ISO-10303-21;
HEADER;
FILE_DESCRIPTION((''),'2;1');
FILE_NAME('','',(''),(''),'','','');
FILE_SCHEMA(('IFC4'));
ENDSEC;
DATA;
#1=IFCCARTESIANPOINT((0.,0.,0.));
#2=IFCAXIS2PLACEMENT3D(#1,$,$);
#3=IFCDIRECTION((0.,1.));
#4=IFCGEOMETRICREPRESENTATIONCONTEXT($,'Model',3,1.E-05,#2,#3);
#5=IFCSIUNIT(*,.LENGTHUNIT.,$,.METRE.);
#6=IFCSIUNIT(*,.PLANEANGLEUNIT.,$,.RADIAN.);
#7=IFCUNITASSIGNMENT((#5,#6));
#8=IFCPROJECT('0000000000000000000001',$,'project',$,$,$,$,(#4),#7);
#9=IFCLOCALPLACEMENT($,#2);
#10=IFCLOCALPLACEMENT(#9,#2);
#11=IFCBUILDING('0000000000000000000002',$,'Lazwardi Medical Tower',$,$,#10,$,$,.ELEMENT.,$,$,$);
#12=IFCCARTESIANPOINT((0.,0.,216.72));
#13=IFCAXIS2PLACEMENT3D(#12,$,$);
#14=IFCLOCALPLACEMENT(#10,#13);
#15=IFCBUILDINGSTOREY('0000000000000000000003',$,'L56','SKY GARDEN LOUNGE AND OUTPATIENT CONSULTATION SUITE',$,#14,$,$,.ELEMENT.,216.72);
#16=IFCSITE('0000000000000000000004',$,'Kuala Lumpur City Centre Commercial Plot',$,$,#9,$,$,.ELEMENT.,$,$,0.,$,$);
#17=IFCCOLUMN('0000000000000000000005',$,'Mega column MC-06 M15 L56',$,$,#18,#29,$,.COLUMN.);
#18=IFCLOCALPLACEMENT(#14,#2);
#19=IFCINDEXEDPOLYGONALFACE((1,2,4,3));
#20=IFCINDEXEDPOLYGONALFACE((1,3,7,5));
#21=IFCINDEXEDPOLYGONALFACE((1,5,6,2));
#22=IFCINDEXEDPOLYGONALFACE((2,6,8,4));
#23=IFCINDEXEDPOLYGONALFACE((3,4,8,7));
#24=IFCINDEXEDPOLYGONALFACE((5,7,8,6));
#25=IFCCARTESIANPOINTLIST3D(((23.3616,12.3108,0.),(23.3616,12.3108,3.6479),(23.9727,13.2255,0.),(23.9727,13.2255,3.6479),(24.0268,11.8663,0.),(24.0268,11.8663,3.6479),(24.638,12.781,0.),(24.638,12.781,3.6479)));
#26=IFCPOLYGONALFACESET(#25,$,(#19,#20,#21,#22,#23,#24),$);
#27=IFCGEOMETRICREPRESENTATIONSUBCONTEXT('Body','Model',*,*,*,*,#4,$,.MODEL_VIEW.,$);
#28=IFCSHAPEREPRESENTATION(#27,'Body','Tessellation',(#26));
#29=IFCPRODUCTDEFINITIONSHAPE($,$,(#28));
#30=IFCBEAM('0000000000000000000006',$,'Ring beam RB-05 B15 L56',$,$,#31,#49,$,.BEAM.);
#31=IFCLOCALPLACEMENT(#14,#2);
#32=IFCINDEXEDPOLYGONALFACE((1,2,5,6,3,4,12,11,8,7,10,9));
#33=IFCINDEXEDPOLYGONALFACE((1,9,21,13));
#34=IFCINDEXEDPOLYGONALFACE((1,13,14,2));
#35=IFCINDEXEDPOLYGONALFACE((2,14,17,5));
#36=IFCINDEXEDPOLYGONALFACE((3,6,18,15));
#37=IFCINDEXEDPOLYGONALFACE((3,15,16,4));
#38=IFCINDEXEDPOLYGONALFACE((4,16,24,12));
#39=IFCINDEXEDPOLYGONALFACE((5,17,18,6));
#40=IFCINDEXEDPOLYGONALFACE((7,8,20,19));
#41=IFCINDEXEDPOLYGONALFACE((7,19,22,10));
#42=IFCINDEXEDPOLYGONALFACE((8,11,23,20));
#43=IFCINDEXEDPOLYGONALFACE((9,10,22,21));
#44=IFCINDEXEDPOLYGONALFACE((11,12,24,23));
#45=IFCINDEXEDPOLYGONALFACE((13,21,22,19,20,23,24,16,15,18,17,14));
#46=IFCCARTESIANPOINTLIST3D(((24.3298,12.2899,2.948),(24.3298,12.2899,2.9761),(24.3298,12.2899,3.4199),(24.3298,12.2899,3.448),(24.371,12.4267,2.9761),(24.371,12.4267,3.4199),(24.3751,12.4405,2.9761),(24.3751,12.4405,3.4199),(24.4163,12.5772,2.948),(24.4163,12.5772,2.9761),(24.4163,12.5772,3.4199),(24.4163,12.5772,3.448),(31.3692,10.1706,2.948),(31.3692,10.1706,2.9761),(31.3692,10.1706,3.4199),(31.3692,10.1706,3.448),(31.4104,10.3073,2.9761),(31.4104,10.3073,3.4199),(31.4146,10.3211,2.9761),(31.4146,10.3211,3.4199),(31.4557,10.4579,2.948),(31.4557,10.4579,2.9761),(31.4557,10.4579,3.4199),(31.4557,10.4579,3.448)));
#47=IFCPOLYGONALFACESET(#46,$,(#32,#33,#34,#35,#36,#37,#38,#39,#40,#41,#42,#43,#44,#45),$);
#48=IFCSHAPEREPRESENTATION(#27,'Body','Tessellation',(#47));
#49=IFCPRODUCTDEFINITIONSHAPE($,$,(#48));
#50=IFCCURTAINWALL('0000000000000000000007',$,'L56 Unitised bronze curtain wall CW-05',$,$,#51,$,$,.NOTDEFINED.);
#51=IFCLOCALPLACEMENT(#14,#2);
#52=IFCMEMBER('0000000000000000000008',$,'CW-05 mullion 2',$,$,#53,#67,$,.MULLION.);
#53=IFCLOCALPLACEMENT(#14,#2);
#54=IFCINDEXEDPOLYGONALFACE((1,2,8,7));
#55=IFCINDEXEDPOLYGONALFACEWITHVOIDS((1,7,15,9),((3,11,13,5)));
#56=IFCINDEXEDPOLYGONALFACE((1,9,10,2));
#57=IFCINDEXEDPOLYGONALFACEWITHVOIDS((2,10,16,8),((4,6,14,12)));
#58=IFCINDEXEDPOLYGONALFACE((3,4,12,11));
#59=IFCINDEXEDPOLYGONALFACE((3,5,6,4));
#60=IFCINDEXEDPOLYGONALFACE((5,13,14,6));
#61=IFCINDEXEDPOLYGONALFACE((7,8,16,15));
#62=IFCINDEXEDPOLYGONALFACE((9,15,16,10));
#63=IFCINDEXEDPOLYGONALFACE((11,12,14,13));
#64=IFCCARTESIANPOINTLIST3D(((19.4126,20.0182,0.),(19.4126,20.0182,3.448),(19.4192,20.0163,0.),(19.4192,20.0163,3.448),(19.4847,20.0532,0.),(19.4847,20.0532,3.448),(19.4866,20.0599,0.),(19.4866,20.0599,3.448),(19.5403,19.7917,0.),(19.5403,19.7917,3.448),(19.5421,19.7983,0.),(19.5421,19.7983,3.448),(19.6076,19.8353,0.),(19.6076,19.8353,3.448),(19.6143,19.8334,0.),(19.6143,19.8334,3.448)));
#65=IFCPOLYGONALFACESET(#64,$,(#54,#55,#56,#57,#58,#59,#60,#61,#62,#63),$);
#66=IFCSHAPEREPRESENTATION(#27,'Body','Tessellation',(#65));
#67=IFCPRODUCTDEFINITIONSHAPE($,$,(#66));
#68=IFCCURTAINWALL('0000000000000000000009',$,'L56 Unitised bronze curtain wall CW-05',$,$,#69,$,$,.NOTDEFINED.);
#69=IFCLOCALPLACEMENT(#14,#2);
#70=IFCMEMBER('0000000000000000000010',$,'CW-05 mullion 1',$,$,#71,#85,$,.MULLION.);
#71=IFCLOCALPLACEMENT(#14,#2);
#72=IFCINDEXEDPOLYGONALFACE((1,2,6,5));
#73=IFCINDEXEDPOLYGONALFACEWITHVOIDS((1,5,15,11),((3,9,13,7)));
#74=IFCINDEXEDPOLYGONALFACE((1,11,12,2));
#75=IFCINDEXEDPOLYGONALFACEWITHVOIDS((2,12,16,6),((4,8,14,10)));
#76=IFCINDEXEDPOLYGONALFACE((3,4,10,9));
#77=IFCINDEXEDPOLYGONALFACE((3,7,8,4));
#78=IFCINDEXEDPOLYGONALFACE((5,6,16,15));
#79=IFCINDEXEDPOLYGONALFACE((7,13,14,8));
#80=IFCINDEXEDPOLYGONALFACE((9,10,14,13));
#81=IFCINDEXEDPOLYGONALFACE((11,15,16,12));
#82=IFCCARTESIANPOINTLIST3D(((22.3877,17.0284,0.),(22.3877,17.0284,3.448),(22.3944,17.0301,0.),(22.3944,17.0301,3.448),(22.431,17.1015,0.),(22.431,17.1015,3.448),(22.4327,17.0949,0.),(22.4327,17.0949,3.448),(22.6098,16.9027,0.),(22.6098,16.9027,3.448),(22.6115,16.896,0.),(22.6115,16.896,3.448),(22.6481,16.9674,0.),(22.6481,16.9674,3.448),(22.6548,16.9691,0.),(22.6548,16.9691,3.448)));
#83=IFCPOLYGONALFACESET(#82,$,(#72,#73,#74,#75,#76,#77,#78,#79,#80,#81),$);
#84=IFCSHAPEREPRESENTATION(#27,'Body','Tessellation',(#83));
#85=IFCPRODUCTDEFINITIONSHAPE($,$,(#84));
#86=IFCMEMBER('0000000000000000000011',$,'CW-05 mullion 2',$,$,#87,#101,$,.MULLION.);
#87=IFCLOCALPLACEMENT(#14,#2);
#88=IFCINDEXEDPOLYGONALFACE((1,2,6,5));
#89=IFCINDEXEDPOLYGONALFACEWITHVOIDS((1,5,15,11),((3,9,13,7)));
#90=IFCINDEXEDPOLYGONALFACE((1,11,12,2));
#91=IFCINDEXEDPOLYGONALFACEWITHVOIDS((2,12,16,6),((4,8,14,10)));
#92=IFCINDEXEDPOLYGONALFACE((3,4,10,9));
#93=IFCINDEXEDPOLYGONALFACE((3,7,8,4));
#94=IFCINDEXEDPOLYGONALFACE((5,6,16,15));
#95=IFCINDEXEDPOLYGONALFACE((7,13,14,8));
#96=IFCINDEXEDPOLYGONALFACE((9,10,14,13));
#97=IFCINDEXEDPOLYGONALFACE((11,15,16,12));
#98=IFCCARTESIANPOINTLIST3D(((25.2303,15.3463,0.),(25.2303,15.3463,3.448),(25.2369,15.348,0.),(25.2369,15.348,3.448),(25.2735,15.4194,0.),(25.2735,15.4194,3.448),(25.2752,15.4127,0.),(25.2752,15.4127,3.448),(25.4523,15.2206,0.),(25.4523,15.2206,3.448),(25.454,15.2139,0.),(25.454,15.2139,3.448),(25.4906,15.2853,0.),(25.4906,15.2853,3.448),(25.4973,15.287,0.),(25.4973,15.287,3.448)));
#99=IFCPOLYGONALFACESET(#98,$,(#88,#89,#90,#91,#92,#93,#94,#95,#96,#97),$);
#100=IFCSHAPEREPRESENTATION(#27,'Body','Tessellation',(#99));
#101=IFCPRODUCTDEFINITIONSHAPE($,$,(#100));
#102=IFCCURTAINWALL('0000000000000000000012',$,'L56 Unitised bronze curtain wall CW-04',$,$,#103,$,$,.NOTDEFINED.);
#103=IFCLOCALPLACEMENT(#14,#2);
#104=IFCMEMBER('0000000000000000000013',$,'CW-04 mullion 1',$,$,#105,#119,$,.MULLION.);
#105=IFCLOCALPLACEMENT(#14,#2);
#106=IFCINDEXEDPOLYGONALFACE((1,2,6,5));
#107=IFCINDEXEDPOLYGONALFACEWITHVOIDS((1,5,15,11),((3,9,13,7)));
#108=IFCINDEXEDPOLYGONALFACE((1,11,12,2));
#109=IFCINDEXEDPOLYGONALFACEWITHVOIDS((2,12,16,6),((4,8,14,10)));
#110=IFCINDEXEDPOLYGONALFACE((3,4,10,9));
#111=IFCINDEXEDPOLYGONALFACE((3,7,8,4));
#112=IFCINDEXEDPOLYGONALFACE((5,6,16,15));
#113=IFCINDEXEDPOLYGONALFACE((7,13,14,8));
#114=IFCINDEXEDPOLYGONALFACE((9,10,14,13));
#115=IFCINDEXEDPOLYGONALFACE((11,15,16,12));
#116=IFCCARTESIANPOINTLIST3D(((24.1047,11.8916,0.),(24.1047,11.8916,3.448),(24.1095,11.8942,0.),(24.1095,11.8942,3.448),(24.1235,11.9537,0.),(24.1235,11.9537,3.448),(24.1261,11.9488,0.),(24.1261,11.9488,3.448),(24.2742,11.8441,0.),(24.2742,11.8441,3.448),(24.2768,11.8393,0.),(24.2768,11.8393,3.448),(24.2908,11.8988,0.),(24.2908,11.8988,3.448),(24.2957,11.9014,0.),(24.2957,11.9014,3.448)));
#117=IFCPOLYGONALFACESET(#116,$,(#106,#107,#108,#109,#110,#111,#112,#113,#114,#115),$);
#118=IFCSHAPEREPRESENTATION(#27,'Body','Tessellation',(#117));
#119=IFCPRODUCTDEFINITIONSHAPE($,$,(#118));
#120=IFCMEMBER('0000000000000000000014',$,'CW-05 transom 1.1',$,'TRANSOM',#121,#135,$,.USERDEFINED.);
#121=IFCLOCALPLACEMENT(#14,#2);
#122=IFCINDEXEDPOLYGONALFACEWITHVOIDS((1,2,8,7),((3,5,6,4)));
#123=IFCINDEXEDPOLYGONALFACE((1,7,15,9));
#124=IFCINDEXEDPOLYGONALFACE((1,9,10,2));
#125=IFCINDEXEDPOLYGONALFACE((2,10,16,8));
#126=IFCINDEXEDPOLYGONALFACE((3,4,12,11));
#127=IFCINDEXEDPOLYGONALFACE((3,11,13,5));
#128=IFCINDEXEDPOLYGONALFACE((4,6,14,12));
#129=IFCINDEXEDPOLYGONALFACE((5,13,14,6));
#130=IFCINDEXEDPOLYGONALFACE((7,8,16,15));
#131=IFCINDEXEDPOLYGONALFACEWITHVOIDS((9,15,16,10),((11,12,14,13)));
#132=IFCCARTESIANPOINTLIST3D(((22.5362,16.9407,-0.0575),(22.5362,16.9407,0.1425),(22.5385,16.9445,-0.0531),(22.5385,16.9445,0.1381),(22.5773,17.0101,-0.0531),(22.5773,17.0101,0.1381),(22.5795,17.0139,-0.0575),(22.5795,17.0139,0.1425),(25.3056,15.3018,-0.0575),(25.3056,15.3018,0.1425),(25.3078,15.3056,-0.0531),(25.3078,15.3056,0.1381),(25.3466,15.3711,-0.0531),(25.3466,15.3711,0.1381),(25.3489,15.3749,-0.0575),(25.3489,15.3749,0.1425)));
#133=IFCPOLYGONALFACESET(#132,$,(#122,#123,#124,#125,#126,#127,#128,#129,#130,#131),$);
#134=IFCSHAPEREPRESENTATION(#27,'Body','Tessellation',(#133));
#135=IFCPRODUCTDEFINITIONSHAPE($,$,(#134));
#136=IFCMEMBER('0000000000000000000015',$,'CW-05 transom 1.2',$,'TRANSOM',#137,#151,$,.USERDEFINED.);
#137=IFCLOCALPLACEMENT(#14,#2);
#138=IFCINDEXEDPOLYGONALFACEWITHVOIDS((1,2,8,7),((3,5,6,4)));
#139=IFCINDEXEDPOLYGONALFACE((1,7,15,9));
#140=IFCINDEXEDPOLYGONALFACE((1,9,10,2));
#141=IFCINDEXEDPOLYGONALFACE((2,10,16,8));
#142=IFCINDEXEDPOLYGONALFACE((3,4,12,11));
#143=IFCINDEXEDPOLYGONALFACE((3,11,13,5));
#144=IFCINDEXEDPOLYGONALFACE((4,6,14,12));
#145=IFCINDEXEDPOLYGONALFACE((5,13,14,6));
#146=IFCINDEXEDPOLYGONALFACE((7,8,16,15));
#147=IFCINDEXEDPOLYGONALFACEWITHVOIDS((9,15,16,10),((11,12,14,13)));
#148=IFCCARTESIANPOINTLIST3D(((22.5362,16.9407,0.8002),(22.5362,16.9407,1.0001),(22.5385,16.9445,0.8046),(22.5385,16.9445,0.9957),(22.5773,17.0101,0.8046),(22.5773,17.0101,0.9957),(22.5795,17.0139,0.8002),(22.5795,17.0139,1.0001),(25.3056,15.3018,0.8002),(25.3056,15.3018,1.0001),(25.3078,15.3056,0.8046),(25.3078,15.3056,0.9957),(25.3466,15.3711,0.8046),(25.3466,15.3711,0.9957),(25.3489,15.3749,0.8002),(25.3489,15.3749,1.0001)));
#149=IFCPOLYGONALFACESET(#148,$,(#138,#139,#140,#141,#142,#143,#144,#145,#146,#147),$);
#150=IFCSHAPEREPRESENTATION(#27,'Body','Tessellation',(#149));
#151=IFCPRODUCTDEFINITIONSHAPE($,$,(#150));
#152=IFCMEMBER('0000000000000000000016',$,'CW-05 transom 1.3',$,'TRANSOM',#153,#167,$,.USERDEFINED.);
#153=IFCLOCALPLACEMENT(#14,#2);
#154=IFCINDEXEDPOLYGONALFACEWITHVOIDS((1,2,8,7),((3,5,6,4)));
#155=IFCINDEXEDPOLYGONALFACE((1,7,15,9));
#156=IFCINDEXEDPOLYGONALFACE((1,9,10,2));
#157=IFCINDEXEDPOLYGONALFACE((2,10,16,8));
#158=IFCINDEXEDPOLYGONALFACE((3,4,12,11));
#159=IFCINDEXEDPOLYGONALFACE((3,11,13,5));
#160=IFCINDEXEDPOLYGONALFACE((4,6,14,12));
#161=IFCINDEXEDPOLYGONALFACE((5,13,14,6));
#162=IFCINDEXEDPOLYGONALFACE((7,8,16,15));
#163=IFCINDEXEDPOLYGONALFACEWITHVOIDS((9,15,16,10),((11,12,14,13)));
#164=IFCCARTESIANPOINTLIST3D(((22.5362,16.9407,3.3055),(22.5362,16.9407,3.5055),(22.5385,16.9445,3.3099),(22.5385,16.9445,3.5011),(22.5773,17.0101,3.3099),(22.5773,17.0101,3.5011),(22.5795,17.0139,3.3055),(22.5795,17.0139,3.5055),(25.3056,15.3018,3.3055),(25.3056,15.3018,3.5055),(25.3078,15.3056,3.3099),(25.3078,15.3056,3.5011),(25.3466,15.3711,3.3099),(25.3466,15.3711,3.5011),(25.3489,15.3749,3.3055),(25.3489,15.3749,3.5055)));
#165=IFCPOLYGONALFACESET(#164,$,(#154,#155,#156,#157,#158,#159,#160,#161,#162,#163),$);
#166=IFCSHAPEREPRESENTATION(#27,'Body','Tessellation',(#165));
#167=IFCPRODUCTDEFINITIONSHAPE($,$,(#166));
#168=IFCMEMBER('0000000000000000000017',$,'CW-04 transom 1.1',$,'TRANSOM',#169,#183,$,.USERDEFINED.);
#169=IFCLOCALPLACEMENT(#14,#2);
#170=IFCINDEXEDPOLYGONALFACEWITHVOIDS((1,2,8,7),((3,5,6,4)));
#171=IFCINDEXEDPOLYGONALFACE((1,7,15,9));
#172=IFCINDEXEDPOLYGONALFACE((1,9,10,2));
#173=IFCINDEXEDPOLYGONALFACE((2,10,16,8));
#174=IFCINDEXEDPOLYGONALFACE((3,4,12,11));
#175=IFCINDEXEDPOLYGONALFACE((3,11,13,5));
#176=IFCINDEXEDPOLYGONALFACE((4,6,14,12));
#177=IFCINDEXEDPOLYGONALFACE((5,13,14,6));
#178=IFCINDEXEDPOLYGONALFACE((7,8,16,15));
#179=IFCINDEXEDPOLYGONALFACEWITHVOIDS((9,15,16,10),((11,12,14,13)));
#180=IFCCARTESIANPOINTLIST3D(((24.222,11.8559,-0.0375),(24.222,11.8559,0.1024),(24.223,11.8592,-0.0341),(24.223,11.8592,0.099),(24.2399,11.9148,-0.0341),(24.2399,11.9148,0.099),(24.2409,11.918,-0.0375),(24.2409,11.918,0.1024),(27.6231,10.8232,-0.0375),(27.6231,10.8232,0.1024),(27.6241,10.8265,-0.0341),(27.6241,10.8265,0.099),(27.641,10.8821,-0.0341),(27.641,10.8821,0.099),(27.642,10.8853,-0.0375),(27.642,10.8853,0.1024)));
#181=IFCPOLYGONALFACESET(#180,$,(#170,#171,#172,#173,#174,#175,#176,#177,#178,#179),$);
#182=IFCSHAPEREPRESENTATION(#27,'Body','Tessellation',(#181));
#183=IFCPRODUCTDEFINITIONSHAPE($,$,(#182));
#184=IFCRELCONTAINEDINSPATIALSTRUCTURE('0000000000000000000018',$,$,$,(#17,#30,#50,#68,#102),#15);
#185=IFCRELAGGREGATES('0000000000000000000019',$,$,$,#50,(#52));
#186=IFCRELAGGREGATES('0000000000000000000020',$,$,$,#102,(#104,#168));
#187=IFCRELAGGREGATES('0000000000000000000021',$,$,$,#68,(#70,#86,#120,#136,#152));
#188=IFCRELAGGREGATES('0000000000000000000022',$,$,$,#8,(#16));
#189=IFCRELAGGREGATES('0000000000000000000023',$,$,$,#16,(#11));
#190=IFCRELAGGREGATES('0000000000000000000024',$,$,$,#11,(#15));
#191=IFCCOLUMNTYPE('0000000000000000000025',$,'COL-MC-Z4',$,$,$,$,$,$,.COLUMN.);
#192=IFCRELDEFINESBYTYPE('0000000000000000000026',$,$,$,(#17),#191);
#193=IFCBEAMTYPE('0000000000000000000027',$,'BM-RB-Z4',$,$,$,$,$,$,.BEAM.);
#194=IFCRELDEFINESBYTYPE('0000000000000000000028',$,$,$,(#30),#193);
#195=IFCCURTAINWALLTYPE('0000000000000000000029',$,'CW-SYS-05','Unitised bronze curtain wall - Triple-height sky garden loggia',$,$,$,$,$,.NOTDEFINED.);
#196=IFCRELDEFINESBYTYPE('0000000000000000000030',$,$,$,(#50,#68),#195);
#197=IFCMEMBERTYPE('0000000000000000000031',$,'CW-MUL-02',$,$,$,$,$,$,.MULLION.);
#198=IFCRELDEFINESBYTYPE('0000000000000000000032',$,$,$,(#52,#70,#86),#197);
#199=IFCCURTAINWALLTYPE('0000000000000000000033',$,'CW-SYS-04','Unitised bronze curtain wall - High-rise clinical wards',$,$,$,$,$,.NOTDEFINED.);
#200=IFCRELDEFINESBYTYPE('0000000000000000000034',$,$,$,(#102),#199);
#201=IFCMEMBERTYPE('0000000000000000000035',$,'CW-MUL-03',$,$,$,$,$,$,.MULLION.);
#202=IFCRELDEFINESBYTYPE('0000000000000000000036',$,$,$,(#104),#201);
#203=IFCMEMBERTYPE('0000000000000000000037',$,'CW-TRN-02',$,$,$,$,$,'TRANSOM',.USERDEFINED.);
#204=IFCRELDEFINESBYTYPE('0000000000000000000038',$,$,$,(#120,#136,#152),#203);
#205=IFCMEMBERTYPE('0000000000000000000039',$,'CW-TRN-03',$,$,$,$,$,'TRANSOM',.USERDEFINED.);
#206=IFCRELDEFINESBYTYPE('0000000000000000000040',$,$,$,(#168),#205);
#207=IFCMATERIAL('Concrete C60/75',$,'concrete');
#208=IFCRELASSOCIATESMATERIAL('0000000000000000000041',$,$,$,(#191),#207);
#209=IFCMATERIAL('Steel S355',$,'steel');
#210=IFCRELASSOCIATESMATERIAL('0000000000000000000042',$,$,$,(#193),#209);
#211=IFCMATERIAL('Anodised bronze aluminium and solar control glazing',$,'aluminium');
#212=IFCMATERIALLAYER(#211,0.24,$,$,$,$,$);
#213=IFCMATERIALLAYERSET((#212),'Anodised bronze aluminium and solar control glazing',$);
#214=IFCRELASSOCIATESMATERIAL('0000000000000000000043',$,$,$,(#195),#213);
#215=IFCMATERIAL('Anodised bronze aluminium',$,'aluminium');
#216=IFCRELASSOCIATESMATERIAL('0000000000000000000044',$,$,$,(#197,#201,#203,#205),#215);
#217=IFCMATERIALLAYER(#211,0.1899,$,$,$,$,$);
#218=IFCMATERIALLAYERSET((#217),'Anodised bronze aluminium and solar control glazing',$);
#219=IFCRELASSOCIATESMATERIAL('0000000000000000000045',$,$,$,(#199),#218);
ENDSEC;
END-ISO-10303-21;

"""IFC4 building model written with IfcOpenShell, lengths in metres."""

from ifc_helpers import new_model, si_unit, direction, frame, origin, origin_2d, place, context, subcontext, project, spatial, rectangle, hollow_rectangle, i_section, extrude, material, layer, layer_set, material_profile, profile_set, type_object, element, aggregate, save


model = new_model("IFC4")

# Units and contexts
model_context = context("Model", 3, precision=1e-05, world=origin(), true_north=direction((0.0, 1.0)))
body_context = subcontext(model_context, "Body", "Model", "MODEL_VIEW")
ifc_project = project(units=[si_unit("LENGTHUNIT", "METRE"), si_unit("PLANEANGLEUNIT", "RADIAN")], contexts=[model_context])

# Site, building, storey
site_placement = place(None, origin())
site = spatial("IfcSite", under=ifc_project, at=site_placement, Name="Kuala Lumpur City Centre Commercial Plot", CompositionType="ELEMENT", RefElevation=0.0)
building_placement = place(site_placement, origin())
building = spatial("IfcBuilding", under=site, at=building_placement, Name="Lazwardi Medical Tower", CompositionType="ELEMENT")
storey_placement = place(building_placement, frame((0.0, 0.0, 216.72)))
storey = spatial("IfcBuildingStorey", under=building, at=storey_placement, Name="L56", Description="SKY GARDEN LOUNGE AND OUTPATIENT CONSULTATION SUITE", CompositionType="ELEMENT", Elevation=216.72)

# Column
ifc_material_1 = material(Name="Concrete C60/75", Category="concrete")
ifc_material_profile_1 = material_profile(ifc_material_1, rectangle(XDim=1.1001, YDim=0.8, at=origin_2d()), Name="CFT-RECT 1100x800")
ifc_profile_set_1 = profile_set([ifc_material_profile_1], Name="Concrete C60/75")
column_type = type_object("IfcColumnType", Name="COL-MC-Z4", PredefinedType="COLUMN", material=ifc_profile_set_1)
column_placement = place(storey_placement, frame((23.9998, 12.5459, 0.0), z_axis=(0.0, 0.0, 1.0), x_axis=(-0.55557, -0.83147, 0.0)))
element("IfcColumn", 1, at=column_placement, inside=storey, type_object=column_type, Name="Mega column MC-06 M15 L56", PredefinedType="COLUMN", context=body_context, shape_type="SweptSolid", body=[
    extrude(rectangle(XDim=1.1001, YDim=0.8, at=origin_2d()), origin(), (0.0, 0.0, 1.0), 3.6479),
])

# Beam
ifc_material_2 = material(Name="Steel S355", Category="steel")
ifc_material_profile_2 = material_profile(ifc_material_2, i_section(OverallWidth=0.3, OverallDepth=0.5, WebThickness=0.0144, FlangeThickness=0.0281, at=origin_2d()), Name="HEB 500")
ifc_profile_set_2 = profile_set([ifc_material_profile_2], Name="Steel S355")
beam_type = type_object("IfcBeamType", Name="BM-RB-Z4", PredefinedType="BEAM", material=ifc_profile_set_2)
beam_placement = place(storey_placement, frame((24.373, 12.4336, 3.198), z_axis=(0.957544, -0.288286, 0.0), x_axis=(0.288286, 0.957544, 0.0)))
element("IfcBeam", 2, at=beam_placement, inside=storey, type_object=beam_type, Name="Ring beam RB-05 B15 L56", PredefinedType="BEAM", context=body_context, shape_type="SweptSolid", body=[
    extrude(i_section(OverallWidth=0.3, OverallDepth=0.5, WebThickness=0.0144, FlangeThickness=0.0281, at=origin_2d()), origin(), (0.0, 0.0, 1.0), 7.3516),
])

# Curtain wall, member
ifc_material_3 = material(Name="Anodised bronze aluminium and solar control glazing", Category="aluminium")
ifc_layer_1 = layer(ifc_material_3, 0.24)
ifc_layer_set_1 = layer_set([ifc_layer_1], Name="Anodised bronze aluminium and solar control glazing")
curtain_wall_type_1 = type_object("IfcCurtainWallType", Name="CW-SYS-05", Description="Unitised bronze curtain wall - Triple-height sky garden loggia", PredefinedType="NOTDEFINED", material=ifc_layer_set_1)
curtain_wall_1_placement = place(storey_placement, origin())
curtain_wall_1 = element("IfcCurtainWall", 3, at=curtain_wall_1_placement, inside=storey, type_object=curtain_wall_type_1, Name="L56 Unitised bronze curtain wall CW-05", PredefinedType="NOTDEFINED")
ifc_material_4 = material(Name="Anodised bronze aluminium", Category="aluminium")
ifc_material_profile_3 = material_profile(ifc_material_4, hollow_rectangle(XDim=0.085, YDim=0.26, WallThickness=0.0049, at=origin_2d()), Name="ALU-MULLION 260x85x5")
ifc_profile_set_3 = profile_set([ifc_material_profile_3], Name="Anodised bronze aluminium")
member_type_1 = type_object("IfcMemberType", Name="CW-MUL-02", PredefinedType="MULLION", material=ifc_profile_set_3)
member_1_placement = place(storey_placement, frame((19.5134, 19.9258, 0.0), z_axis=(0.0, 0.0, 1.0), x_axis=(0.871061, 0.491176, 0.0)))
member_1 = element("IfcMember", 4, at=member_1_placement, type_object=member_type_1, Name="CW-05 mullion 2", PredefinedType="MULLION", context=body_context, shape_type="SweptSolid", body=[
    extrude(hollow_rectangle(XDim=0.085, YDim=0.26, WallThickness=0.0049, at=origin_2d()), origin(), (0.0, 0.0, 1.0), 3.448),
])
aggregate(curtain_wall_1, [member_1])

# Curtain wall, members
curtain_wall_2_placement = place(storey_placement, origin())
curtain_wall_2 = element("IfcCurtainWall", 5, at=curtain_wall_2_placement, inside=storey, type_object=curtain_wall_type_1, Name="L56 Unitised bronze curtain wall CW-05", PredefinedType="NOTDEFINED")
member_2_placement = place(storey_placement, frame((22.5212, 16.9988, 0.0), z_axis=(0.0, 0.0, 1.0), x_axis=(0.509273, 0.860605, 0.0)))
member_2 = element("IfcMember", 6, at=member_2_placement, type_object=member_type_1, Name="CW-05 mullion 1", PredefinedType="MULLION", context=body_context, shape_type="SweptSolid", body=[
    extrude(hollow_rectangle(XDim=0.085, YDim=0.26, WallThickness=0.0049, at=origin_2d()), origin(), (0.0, 0.0, 1.0), 3.448),
])
member_3_placement = place(storey_placement, frame((25.3638, 15.3167, 0.0), z_axis=(0.0, 0.0, 1.0), x_axis=(0.509273, 0.860605, 0.0)))
member_3 = element("IfcMember", 7, at=member_3_placement, type_object=member_type_1, Name="CW-05 mullion 2", PredefinedType="MULLION", context=body_context, shape_type="SweptSolid", body=[
    extrude(hollow_rectangle(XDim=0.085, YDim=0.26, WallThickness=0.0049, at=origin_2d()), origin(), (0.0, 0.0, 1.0), 3.448),
])

# Curtain wall, member
ifc_layer_2 = layer(ifc_material_3, 0.1899)
ifc_layer_set_2 = layer_set([ifc_layer_2], Name="Anodised bronze aluminium and solar control glazing")
curtain_wall_type_2 = type_object("IfcCurtainWallType", Name="CW-SYS-04", Description="Unitised bronze curtain wall - High-rise clinical wards", PredefinedType="NOTDEFINED", material=ifc_layer_set_2)
curtain_wall_3_placement = place(storey_placement, origin())
curtain_wall_3 = element("IfcCurtainWall", 8, at=curtain_wall_3_placement, inside=storey, type_object=curtain_wall_type_2, Name="L56 Unitised bronze curtain wall CW-04", PredefinedType="NOTDEFINED")
ifc_material_profile_4 = material_profile(ifc_material_4, hollow_rectangle(XDim=0.0649, YDim=0.1799, WallThickness=0.0039, at=origin_2d()), Name="ALU-MULLION 180x65x4")
ifc_profile_set_4 = profile_set([ifc_material_profile_4], Name="Anodised bronze aluminium")
member_type_2 = type_object("IfcMemberType", Name="CW-MUL-03", PredefinedType="MULLION", material=ifc_profile_set_4)
member_4_placement = place(storey_placement, frame((24.2002, 11.8965, 0.0), z_axis=(0.0, 0.0, 1.0), x_axis=(0.290582, 0.95685, 0.0)))
member_4 = element("IfcMember", 9, at=member_4_placement, type_object=member_type_2, Name="CW-04 mullion 1", PredefinedType="MULLION", context=body_context, shape_type="SweptSolid", body=[
    extrude(hollow_rectangle(XDim=0.0649, YDim=0.1799, WallThickness=0.0039, at=origin_2d()), origin(), (0.0, 0.0, 1.0), 3.448),
])

# Members
ifc_material_profile_5 = material_profile(ifc_material_4, hollow_rectangle(XDim=0.085, YDim=0.2, WallThickness=0.0044, at=origin_2d()), Name="ALU-TRANSOM 200x85x4.5")
ifc_profile_set_5 = profile_set([ifc_material_profile_5], Name="Anodised bronze aluminium")
member_type_3 = type_object("IfcMemberType", Name="CW-TRN-02", ElementType="TRANSOM", PredefinedType="USERDEFINED", material=ifc_profile_set_5)
member_5_placement = place(storey_placement, frame((22.5579, 16.9773, 0.0425), z_axis=(0.860583, -0.509309, 0.0), x_axis=(0.509309, 0.860583, 0.0)))
member_5 = element("IfcMember", 10, at=member_5_placement, type_object=member_type_3, Name="CW-05 transom 1.1", ObjectType="TRANSOM", PredefinedType="USERDEFINED", context=body_context, shape_type="SweptSolid", body=[
    extrude(hollow_rectangle(XDim=0.085, YDim=0.2, WallThickness=0.0044, at=origin_2d()), origin(), (0.0, 0.0, 1.0), 3.218),
])
member_6_placement = place(storey_placement, frame((22.5579, 16.9773, 0.9001), z_axis=(0.860583, -0.509309, 0.0), x_axis=(0.509309, 0.860583, 0.0)))
member_6 = element("IfcMember", 11, at=member_6_placement, type_object=member_type_3, Name="CW-05 transom 1.2", ObjectType="TRANSOM", PredefinedType="USERDEFINED", context=body_context, shape_type="SweptSolid", body=[
    extrude(hollow_rectangle(XDim=0.085, YDim=0.2, WallThickness=0.0044, at=origin_2d()), origin(), (0.0, 0.0, 1.0), 3.218),
])
member_7_placement = place(storey_placement, frame((22.5579, 16.9773, 3.4055), z_axis=(0.860583, -0.509309, 0.0), x_axis=(0.509309, 0.860583, 0.0)))
member_7 = element("IfcMember", 12, at=member_7_placement, type_object=member_type_3, Name="CW-05 transom 1.3", ObjectType="TRANSOM", PredefinedType="USERDEFINED", context=body_context, shape_type="SweptSolid", body=[
    extrude(hollow_rectangle(XDim=0.085, YDim=0.2, WallThickness=0.0044, at=origin_2d()), origin(), (0.0, 0.0, 1.0), 3.218),
])
ifc_material_profile_6 = material_profile(ifc_material_4, hollow_rectangle(XDim=0.0649, YDim=0.1399, WallThickness=0.0034, at=origin_2d()), Name="ALU-TRANSOM 140x65x3.5")
ifc_profile_set_6 = profile_set([ifc_material_profile_6], Name="Anodised bronze aluminium")
member_type_4 = type_object("IfcMemberType", Name="CW-TRN-03", ElementType="TRANSOM", PredefinedType="USERDEFINED", material=ifc_profile_set_6)
member_8_placement = place(storey_placement, frame((24.2314, 11.887, 0.0325), z_axis=(0.956863, -0.290541, 0.0), x_axis=(0.290541, 0.956863, 0.0)))
member_8 = element("IfcMember", 13, at=member_8_placement, type_object=member_type_4, Name="CW-04 transom 1.1", ObjectType="TRANSOM", PredefinedType="USERDEFINED", context=body_context, shape_type="SweptSolid", body=[
    extrude(hollow_rectangle(XDim=0.0649, YDim=0.1399, WallThickness=0.0034, at=origin_2d()), origin(), (0.0, 0.0, 1.0), 3.5544),
])

aggregate(curtain_wall_3, [member_4, member_8])
aggregate(curtain_wall_2, [member_2, member_3, member_5, member_6, member_7])

save(model, "model.ifc")
